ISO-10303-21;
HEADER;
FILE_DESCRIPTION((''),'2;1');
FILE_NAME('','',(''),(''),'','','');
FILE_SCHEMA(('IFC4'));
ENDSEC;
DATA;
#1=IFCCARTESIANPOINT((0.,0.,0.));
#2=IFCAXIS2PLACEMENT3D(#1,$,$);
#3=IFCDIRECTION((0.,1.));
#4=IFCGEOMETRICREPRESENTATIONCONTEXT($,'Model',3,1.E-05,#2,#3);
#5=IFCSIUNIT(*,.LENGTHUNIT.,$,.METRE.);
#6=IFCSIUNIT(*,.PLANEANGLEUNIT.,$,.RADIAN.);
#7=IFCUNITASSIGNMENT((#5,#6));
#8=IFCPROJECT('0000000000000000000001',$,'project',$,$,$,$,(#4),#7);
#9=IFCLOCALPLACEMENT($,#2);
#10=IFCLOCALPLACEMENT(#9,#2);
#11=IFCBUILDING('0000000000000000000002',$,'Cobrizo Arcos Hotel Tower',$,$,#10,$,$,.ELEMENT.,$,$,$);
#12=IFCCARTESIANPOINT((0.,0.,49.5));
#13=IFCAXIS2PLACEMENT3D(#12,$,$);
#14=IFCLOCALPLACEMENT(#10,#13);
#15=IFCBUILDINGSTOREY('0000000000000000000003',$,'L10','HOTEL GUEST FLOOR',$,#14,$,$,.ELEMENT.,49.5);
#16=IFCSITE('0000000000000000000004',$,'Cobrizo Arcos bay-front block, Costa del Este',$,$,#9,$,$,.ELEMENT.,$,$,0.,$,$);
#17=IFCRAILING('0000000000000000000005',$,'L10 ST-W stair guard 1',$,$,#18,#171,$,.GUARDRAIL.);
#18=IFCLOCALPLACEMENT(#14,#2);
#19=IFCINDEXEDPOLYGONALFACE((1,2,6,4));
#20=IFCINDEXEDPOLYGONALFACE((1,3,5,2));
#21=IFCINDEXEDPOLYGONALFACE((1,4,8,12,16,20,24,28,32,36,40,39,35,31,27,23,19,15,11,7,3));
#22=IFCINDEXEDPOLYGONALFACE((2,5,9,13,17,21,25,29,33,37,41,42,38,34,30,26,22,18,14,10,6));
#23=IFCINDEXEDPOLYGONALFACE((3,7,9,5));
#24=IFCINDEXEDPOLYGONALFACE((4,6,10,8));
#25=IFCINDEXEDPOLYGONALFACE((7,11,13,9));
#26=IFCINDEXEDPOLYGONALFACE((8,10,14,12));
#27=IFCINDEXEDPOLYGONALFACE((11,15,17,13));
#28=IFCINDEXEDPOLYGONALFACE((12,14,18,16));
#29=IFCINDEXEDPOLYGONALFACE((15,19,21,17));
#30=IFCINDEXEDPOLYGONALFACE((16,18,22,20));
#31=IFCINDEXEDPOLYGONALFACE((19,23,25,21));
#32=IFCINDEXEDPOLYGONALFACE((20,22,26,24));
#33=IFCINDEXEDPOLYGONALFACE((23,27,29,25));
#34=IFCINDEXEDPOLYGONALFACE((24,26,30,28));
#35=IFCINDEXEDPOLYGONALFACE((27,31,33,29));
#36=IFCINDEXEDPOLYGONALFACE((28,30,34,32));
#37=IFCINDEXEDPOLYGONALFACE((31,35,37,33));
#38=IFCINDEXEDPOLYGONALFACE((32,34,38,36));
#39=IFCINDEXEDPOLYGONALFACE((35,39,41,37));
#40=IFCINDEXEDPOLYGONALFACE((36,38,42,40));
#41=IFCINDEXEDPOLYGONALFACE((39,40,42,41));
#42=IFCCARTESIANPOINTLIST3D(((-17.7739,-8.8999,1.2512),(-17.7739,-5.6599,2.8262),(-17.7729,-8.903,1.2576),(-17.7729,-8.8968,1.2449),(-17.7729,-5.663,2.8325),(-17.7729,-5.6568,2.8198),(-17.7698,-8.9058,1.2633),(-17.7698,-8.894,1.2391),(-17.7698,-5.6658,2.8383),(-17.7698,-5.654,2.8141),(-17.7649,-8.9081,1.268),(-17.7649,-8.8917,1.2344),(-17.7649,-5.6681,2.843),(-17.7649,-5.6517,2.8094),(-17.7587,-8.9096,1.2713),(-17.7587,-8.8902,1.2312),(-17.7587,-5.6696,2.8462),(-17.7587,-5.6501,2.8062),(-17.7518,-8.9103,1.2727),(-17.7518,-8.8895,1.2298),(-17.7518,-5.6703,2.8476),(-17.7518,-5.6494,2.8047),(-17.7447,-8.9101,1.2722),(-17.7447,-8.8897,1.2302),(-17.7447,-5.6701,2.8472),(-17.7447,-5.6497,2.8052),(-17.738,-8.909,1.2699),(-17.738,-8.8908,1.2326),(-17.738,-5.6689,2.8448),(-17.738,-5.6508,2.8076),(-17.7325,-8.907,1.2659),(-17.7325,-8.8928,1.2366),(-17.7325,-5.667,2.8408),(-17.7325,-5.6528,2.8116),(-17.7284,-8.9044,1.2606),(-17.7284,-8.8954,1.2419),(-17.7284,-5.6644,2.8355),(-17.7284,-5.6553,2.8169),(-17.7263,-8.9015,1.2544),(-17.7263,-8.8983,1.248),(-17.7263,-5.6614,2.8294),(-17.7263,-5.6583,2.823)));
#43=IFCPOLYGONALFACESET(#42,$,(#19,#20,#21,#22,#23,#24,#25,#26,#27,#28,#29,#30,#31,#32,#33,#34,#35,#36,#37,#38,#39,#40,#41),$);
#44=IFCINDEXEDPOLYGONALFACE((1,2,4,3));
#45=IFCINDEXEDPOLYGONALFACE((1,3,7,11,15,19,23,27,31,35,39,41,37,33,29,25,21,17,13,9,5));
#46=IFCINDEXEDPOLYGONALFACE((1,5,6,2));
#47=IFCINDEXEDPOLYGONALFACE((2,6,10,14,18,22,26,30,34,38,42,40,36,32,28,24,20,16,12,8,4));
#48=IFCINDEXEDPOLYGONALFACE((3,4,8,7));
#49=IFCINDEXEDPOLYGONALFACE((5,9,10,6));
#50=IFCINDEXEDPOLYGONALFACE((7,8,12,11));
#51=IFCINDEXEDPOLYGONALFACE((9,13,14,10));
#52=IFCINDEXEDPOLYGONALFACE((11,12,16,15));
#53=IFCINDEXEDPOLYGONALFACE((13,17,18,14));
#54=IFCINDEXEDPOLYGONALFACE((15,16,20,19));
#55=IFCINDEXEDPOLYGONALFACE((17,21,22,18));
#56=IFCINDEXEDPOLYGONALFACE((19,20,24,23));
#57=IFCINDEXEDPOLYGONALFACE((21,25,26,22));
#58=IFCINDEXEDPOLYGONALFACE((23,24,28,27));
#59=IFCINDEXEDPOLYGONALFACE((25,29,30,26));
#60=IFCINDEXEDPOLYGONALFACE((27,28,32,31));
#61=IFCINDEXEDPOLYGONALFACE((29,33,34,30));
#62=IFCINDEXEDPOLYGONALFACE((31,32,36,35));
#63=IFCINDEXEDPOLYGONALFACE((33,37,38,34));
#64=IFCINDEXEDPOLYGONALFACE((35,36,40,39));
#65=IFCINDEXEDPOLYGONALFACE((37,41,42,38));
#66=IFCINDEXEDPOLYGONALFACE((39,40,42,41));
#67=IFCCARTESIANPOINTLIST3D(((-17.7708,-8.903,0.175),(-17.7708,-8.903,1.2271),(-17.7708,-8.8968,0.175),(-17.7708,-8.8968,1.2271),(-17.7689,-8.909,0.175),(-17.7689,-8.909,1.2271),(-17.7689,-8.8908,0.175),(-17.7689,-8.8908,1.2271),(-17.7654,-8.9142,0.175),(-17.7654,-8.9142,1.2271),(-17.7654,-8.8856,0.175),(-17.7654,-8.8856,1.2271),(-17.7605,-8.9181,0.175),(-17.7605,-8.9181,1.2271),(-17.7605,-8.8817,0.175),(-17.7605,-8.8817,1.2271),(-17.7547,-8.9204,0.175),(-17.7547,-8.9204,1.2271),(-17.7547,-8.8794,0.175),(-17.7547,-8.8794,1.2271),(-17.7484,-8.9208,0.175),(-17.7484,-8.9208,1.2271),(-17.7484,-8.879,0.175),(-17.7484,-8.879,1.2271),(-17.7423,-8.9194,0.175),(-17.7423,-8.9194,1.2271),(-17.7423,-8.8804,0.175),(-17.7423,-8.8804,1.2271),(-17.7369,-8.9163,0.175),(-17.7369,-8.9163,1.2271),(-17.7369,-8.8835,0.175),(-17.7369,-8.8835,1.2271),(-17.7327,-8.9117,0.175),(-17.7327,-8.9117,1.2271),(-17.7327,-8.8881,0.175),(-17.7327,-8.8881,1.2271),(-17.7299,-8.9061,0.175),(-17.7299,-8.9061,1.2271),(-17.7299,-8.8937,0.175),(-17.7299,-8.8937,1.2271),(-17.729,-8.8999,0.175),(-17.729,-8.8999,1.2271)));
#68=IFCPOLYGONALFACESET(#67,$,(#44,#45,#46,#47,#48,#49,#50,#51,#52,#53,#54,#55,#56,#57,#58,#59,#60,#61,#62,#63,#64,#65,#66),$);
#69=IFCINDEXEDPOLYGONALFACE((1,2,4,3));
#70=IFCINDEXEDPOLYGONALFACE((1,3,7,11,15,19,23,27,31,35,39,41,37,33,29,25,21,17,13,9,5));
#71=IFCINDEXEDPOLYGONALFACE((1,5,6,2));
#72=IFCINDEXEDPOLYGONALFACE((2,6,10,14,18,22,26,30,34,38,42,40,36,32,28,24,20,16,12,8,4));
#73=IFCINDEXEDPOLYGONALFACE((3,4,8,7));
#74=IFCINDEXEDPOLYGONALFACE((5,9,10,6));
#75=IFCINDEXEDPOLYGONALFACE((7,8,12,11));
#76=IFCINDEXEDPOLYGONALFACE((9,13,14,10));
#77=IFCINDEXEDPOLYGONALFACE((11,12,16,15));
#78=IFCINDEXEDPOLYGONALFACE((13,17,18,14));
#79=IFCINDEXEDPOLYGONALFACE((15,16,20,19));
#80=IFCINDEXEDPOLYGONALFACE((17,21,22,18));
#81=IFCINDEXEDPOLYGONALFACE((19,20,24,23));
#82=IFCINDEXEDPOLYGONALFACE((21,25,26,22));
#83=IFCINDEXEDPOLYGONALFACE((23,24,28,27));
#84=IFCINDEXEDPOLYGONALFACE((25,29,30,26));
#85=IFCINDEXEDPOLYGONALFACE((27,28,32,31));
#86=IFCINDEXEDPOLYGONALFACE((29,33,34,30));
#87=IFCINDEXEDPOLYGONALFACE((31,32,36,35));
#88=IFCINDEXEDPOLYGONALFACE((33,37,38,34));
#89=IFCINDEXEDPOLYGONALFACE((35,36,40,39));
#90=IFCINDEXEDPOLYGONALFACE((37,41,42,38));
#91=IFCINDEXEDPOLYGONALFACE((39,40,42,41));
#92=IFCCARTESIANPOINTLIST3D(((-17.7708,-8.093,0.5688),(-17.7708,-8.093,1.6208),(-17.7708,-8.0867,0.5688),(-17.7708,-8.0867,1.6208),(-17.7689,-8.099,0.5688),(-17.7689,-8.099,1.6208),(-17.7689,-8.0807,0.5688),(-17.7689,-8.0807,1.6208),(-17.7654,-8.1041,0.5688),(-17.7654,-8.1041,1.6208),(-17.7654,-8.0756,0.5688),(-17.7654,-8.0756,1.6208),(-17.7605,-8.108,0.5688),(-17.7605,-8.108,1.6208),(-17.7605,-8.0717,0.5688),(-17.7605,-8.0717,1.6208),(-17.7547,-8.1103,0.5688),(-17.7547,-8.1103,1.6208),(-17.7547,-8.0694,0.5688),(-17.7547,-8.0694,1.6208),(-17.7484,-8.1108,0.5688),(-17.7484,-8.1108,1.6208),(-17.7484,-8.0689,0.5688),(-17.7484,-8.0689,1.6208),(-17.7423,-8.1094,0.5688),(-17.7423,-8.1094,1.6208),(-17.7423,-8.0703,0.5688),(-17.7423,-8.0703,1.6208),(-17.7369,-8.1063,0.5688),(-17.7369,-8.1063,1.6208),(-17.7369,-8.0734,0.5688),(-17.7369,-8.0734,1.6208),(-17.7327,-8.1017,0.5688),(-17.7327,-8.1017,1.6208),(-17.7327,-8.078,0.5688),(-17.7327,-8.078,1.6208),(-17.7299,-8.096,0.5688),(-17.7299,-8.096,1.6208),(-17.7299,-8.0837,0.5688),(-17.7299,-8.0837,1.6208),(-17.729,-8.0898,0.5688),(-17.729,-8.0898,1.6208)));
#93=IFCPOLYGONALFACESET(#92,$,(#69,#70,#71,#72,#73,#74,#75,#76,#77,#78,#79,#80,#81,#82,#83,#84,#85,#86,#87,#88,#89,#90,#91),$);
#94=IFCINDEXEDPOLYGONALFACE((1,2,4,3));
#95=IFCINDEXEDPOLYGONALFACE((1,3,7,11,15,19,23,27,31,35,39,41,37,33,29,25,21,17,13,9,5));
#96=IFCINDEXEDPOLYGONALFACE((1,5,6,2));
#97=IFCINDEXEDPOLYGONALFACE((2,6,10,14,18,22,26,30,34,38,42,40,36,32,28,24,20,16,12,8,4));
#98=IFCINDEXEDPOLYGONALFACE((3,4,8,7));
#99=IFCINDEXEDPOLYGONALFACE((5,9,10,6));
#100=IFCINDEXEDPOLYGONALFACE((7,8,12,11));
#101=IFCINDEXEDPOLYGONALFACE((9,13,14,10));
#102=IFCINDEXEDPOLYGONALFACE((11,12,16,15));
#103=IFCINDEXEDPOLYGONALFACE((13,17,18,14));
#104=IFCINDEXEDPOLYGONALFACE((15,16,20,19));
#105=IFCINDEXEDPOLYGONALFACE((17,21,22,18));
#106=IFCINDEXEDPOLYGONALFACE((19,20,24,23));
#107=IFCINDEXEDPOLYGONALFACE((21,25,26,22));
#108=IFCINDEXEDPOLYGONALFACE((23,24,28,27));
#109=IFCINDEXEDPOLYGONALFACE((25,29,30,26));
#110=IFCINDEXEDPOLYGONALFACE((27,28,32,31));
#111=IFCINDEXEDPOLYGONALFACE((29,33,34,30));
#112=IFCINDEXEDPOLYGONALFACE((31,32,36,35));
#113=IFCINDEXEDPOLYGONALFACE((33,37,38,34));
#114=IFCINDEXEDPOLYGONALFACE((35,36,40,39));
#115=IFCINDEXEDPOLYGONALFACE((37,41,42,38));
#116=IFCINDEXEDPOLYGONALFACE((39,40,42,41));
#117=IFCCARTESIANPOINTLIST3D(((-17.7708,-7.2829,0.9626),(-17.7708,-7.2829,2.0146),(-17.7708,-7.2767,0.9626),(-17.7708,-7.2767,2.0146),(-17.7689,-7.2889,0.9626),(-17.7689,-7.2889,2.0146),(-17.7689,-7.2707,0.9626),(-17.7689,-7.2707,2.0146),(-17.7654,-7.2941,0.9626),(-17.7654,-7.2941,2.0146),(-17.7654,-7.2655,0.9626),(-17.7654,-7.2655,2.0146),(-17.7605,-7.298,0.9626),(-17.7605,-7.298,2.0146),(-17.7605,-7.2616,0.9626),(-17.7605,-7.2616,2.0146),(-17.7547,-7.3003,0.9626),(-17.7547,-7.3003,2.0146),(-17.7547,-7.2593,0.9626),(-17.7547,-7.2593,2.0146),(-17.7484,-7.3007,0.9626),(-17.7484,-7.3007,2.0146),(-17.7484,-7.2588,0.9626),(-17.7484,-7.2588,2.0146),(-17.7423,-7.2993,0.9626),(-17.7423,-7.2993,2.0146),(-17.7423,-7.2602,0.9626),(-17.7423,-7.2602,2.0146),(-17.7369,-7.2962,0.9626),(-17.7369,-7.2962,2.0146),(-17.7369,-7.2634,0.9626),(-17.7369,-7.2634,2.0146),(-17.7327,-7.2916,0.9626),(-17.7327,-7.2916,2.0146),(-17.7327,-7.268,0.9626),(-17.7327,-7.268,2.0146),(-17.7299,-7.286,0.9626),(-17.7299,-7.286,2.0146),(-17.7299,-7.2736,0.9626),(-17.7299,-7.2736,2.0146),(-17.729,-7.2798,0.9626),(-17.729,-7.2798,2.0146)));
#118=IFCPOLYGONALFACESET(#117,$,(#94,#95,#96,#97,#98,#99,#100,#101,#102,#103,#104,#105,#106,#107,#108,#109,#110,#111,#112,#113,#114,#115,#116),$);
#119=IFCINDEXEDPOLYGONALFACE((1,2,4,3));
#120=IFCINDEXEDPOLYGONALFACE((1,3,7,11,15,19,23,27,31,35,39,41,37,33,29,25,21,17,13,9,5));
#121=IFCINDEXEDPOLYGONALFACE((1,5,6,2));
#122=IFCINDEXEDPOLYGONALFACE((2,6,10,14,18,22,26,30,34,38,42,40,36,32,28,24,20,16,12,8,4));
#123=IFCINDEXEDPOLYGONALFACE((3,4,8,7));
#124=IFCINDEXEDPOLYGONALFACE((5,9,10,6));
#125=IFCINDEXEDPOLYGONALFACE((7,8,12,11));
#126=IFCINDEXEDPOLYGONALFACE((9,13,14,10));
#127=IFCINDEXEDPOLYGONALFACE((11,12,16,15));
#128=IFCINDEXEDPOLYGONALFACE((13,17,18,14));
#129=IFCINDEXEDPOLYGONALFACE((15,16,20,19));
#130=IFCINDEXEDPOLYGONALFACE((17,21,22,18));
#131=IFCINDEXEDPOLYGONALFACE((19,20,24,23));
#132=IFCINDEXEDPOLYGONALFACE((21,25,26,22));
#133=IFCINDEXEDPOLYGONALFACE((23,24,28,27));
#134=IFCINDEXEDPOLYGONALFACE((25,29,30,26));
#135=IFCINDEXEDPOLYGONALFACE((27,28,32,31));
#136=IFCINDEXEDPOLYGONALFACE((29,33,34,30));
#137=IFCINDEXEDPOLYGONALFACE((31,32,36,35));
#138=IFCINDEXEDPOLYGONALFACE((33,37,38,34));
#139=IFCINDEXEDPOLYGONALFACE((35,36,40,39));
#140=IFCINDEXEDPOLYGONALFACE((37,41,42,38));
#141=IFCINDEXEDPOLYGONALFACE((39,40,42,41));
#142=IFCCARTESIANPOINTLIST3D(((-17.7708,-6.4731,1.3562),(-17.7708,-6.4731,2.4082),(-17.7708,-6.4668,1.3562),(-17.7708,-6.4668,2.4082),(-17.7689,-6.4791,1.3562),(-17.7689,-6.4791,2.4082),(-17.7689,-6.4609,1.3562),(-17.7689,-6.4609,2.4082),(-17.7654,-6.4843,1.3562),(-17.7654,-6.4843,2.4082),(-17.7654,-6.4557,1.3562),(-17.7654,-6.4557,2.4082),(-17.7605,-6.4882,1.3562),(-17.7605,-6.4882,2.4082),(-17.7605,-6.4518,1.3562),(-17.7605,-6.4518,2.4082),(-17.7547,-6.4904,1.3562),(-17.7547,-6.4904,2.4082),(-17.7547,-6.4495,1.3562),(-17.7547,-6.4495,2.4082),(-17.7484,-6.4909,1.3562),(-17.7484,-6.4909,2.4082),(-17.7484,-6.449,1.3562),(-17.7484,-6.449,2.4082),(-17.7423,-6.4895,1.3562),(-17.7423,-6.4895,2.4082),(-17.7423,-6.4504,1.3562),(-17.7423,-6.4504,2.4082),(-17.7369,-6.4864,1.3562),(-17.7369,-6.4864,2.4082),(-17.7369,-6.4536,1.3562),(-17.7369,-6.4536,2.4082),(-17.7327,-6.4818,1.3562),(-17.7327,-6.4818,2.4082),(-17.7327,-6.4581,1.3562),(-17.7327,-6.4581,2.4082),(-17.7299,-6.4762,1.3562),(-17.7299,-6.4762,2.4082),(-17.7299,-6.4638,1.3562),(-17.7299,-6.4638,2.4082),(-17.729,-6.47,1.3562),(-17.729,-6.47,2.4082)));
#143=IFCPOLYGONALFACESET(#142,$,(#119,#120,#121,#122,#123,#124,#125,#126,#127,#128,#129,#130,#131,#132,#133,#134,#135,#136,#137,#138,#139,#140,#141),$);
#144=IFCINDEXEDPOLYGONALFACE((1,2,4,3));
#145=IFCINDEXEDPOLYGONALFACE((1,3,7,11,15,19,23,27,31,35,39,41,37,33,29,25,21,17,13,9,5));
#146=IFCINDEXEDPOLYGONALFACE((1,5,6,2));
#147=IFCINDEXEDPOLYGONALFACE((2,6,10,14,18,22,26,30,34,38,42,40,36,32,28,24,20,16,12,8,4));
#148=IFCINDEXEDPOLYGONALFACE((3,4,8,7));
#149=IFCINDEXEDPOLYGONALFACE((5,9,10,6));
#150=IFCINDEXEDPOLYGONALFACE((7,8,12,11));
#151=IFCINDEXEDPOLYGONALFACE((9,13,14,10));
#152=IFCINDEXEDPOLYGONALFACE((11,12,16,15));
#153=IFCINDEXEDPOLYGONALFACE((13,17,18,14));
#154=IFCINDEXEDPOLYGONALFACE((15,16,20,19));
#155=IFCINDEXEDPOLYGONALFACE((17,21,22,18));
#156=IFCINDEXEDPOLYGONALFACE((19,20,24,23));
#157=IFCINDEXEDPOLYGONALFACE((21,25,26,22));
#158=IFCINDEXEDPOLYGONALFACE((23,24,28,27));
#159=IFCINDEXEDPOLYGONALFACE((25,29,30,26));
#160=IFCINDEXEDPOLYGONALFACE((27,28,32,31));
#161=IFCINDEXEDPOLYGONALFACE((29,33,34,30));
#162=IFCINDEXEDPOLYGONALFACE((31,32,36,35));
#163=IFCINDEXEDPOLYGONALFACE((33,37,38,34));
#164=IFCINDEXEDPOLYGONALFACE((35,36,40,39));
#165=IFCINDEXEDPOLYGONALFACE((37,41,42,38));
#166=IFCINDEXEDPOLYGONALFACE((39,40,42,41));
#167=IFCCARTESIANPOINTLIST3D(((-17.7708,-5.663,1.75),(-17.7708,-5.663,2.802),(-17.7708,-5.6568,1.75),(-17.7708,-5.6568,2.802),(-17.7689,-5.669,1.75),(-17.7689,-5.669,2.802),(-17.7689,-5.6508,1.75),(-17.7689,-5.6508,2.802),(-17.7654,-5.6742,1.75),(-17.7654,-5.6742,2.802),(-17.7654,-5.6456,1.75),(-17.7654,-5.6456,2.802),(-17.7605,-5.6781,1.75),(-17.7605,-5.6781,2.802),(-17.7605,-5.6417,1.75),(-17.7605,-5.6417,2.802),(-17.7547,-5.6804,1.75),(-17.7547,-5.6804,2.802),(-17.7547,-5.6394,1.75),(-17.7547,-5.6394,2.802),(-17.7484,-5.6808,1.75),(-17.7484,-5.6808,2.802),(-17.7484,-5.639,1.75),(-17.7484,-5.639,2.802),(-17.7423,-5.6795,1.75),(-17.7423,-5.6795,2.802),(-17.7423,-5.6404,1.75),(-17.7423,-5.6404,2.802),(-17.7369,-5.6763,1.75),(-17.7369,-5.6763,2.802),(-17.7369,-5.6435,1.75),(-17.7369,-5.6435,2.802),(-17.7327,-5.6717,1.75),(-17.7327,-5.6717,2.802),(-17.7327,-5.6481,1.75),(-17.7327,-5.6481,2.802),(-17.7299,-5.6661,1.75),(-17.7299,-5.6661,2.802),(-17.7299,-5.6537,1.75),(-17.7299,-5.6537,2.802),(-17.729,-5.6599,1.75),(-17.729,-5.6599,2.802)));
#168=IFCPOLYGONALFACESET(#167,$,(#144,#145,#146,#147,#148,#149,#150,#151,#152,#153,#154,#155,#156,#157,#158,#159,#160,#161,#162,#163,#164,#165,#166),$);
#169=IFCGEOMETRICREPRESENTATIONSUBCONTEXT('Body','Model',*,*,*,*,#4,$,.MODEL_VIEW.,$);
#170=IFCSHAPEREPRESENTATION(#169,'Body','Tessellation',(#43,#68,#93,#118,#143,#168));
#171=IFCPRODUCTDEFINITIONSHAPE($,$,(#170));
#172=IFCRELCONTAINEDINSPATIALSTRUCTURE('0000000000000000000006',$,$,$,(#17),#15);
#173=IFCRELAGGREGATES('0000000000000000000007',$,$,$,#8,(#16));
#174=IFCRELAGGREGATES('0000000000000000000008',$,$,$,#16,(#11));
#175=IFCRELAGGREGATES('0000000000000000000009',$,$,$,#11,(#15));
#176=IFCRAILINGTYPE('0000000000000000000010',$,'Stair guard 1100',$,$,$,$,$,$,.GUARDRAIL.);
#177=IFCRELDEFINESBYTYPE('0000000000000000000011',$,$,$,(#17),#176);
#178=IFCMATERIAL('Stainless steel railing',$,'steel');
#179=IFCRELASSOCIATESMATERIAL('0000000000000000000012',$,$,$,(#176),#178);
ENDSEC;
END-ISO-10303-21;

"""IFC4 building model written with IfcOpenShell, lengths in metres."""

from ifc_helpers import new_model, si_unit, direction, frame, origin, origin_2d, place, context, subcontext, project, spatial, circle, extrude, material, type_object, element, save


model = new_model("IFC4")

# Units and contexts
model_context = context("Model", 3, precision=1e-05, world=origin(), true_north=direction((0.0, 1.0)))
body_context = subcontext(model_context, "Body", "Model", "MODEL_VIEW")
ifc_project = project(units=[si_unit("LENGTHUNIT", "METRE"), si_unit("PLANEANGLEUNIT", "RADIAN")], contexts=[model_context])

# Site, building, storey
site_placement = place(None, origin())
site = spatial("IfcSite", under=ifc_project, at=site_placement, Name="Cobrizo Arcos bay-front block, Costa del Este", CompositionType="ELEMENT", RefElevation=0.0)
building_placement = place(site_placement, origin())
building = spatial("IfcBuilding", under=site, at=building_placement, Name="Cobrizo Arcos Hotel Tower", CompositionType="ELEMENT")
storey_placement = place(building_placement, frame((0.0, 0.0, 49.5)))
storey = spatial("IfcBuildingStorey", under=building, at=storey_placement, Name="L10", Description="HOTEL GUEST FLOOR", CompositionType="ELEMENT", Elevation=49.5)

# Railing
ifc_material_1 = material(Name="Stainless steel railing", Category="steel")
railing_type_1 = type_object("IfcRailingType", Name="Stair guard 1100", PredefinedType="GUARDRAIL", material=ifc_material_1)
railing_1_placement = place(storey_placement, frame((-17.75, -8.8999, 0.175)))
element("IfcRailing", 1, at=railing_1_placement, inside=storey, type_object=railing_type_1, Name="L10 ST-W stair guard 1", PredefinedType="GUARDRAIL", context=body_context, shape_type="SweptSolid", body=[
    extrude(circle(Radius=0.0239, at=origin_2d()), frame((0.0, 0.0, 1.0762), z_axis=(0.0, 0.899373, 0.437183), x_axis=(-1.0, 0.0, 0.0)), (0.0, 0.0, 1.0), 3.6025),
    extrude(circle(Radius=0.021, at=origin_2d()), origin(), (0.0, 0.0, 1.0), 1.052),
    extrude(circle(Radius=0.021, at=origin_2d()), frame((0.0, 0.8101, 0.3938)), (0.0, 0.0, 1.0), 1.052),
    extrude(circle(Radius=0.021, at=origin_2d()), frame((0.0, 1.6201, 0.7876)), (0.0, 0.0, 1.0), 1.052),
    extrude(circle(Radius=0.021, at=origin_2d()), frame((0.0, 2.4299, 1.1812)), (0.0, 0.0, 1.0), 1.052),
    extrude(circle(Radius=0.021, at=origin_2d()), frame((0.0, 3.24, 1.575)), (0.0, 0.0, 1.0), 1.052),
])

save(model, "model.ifc")
